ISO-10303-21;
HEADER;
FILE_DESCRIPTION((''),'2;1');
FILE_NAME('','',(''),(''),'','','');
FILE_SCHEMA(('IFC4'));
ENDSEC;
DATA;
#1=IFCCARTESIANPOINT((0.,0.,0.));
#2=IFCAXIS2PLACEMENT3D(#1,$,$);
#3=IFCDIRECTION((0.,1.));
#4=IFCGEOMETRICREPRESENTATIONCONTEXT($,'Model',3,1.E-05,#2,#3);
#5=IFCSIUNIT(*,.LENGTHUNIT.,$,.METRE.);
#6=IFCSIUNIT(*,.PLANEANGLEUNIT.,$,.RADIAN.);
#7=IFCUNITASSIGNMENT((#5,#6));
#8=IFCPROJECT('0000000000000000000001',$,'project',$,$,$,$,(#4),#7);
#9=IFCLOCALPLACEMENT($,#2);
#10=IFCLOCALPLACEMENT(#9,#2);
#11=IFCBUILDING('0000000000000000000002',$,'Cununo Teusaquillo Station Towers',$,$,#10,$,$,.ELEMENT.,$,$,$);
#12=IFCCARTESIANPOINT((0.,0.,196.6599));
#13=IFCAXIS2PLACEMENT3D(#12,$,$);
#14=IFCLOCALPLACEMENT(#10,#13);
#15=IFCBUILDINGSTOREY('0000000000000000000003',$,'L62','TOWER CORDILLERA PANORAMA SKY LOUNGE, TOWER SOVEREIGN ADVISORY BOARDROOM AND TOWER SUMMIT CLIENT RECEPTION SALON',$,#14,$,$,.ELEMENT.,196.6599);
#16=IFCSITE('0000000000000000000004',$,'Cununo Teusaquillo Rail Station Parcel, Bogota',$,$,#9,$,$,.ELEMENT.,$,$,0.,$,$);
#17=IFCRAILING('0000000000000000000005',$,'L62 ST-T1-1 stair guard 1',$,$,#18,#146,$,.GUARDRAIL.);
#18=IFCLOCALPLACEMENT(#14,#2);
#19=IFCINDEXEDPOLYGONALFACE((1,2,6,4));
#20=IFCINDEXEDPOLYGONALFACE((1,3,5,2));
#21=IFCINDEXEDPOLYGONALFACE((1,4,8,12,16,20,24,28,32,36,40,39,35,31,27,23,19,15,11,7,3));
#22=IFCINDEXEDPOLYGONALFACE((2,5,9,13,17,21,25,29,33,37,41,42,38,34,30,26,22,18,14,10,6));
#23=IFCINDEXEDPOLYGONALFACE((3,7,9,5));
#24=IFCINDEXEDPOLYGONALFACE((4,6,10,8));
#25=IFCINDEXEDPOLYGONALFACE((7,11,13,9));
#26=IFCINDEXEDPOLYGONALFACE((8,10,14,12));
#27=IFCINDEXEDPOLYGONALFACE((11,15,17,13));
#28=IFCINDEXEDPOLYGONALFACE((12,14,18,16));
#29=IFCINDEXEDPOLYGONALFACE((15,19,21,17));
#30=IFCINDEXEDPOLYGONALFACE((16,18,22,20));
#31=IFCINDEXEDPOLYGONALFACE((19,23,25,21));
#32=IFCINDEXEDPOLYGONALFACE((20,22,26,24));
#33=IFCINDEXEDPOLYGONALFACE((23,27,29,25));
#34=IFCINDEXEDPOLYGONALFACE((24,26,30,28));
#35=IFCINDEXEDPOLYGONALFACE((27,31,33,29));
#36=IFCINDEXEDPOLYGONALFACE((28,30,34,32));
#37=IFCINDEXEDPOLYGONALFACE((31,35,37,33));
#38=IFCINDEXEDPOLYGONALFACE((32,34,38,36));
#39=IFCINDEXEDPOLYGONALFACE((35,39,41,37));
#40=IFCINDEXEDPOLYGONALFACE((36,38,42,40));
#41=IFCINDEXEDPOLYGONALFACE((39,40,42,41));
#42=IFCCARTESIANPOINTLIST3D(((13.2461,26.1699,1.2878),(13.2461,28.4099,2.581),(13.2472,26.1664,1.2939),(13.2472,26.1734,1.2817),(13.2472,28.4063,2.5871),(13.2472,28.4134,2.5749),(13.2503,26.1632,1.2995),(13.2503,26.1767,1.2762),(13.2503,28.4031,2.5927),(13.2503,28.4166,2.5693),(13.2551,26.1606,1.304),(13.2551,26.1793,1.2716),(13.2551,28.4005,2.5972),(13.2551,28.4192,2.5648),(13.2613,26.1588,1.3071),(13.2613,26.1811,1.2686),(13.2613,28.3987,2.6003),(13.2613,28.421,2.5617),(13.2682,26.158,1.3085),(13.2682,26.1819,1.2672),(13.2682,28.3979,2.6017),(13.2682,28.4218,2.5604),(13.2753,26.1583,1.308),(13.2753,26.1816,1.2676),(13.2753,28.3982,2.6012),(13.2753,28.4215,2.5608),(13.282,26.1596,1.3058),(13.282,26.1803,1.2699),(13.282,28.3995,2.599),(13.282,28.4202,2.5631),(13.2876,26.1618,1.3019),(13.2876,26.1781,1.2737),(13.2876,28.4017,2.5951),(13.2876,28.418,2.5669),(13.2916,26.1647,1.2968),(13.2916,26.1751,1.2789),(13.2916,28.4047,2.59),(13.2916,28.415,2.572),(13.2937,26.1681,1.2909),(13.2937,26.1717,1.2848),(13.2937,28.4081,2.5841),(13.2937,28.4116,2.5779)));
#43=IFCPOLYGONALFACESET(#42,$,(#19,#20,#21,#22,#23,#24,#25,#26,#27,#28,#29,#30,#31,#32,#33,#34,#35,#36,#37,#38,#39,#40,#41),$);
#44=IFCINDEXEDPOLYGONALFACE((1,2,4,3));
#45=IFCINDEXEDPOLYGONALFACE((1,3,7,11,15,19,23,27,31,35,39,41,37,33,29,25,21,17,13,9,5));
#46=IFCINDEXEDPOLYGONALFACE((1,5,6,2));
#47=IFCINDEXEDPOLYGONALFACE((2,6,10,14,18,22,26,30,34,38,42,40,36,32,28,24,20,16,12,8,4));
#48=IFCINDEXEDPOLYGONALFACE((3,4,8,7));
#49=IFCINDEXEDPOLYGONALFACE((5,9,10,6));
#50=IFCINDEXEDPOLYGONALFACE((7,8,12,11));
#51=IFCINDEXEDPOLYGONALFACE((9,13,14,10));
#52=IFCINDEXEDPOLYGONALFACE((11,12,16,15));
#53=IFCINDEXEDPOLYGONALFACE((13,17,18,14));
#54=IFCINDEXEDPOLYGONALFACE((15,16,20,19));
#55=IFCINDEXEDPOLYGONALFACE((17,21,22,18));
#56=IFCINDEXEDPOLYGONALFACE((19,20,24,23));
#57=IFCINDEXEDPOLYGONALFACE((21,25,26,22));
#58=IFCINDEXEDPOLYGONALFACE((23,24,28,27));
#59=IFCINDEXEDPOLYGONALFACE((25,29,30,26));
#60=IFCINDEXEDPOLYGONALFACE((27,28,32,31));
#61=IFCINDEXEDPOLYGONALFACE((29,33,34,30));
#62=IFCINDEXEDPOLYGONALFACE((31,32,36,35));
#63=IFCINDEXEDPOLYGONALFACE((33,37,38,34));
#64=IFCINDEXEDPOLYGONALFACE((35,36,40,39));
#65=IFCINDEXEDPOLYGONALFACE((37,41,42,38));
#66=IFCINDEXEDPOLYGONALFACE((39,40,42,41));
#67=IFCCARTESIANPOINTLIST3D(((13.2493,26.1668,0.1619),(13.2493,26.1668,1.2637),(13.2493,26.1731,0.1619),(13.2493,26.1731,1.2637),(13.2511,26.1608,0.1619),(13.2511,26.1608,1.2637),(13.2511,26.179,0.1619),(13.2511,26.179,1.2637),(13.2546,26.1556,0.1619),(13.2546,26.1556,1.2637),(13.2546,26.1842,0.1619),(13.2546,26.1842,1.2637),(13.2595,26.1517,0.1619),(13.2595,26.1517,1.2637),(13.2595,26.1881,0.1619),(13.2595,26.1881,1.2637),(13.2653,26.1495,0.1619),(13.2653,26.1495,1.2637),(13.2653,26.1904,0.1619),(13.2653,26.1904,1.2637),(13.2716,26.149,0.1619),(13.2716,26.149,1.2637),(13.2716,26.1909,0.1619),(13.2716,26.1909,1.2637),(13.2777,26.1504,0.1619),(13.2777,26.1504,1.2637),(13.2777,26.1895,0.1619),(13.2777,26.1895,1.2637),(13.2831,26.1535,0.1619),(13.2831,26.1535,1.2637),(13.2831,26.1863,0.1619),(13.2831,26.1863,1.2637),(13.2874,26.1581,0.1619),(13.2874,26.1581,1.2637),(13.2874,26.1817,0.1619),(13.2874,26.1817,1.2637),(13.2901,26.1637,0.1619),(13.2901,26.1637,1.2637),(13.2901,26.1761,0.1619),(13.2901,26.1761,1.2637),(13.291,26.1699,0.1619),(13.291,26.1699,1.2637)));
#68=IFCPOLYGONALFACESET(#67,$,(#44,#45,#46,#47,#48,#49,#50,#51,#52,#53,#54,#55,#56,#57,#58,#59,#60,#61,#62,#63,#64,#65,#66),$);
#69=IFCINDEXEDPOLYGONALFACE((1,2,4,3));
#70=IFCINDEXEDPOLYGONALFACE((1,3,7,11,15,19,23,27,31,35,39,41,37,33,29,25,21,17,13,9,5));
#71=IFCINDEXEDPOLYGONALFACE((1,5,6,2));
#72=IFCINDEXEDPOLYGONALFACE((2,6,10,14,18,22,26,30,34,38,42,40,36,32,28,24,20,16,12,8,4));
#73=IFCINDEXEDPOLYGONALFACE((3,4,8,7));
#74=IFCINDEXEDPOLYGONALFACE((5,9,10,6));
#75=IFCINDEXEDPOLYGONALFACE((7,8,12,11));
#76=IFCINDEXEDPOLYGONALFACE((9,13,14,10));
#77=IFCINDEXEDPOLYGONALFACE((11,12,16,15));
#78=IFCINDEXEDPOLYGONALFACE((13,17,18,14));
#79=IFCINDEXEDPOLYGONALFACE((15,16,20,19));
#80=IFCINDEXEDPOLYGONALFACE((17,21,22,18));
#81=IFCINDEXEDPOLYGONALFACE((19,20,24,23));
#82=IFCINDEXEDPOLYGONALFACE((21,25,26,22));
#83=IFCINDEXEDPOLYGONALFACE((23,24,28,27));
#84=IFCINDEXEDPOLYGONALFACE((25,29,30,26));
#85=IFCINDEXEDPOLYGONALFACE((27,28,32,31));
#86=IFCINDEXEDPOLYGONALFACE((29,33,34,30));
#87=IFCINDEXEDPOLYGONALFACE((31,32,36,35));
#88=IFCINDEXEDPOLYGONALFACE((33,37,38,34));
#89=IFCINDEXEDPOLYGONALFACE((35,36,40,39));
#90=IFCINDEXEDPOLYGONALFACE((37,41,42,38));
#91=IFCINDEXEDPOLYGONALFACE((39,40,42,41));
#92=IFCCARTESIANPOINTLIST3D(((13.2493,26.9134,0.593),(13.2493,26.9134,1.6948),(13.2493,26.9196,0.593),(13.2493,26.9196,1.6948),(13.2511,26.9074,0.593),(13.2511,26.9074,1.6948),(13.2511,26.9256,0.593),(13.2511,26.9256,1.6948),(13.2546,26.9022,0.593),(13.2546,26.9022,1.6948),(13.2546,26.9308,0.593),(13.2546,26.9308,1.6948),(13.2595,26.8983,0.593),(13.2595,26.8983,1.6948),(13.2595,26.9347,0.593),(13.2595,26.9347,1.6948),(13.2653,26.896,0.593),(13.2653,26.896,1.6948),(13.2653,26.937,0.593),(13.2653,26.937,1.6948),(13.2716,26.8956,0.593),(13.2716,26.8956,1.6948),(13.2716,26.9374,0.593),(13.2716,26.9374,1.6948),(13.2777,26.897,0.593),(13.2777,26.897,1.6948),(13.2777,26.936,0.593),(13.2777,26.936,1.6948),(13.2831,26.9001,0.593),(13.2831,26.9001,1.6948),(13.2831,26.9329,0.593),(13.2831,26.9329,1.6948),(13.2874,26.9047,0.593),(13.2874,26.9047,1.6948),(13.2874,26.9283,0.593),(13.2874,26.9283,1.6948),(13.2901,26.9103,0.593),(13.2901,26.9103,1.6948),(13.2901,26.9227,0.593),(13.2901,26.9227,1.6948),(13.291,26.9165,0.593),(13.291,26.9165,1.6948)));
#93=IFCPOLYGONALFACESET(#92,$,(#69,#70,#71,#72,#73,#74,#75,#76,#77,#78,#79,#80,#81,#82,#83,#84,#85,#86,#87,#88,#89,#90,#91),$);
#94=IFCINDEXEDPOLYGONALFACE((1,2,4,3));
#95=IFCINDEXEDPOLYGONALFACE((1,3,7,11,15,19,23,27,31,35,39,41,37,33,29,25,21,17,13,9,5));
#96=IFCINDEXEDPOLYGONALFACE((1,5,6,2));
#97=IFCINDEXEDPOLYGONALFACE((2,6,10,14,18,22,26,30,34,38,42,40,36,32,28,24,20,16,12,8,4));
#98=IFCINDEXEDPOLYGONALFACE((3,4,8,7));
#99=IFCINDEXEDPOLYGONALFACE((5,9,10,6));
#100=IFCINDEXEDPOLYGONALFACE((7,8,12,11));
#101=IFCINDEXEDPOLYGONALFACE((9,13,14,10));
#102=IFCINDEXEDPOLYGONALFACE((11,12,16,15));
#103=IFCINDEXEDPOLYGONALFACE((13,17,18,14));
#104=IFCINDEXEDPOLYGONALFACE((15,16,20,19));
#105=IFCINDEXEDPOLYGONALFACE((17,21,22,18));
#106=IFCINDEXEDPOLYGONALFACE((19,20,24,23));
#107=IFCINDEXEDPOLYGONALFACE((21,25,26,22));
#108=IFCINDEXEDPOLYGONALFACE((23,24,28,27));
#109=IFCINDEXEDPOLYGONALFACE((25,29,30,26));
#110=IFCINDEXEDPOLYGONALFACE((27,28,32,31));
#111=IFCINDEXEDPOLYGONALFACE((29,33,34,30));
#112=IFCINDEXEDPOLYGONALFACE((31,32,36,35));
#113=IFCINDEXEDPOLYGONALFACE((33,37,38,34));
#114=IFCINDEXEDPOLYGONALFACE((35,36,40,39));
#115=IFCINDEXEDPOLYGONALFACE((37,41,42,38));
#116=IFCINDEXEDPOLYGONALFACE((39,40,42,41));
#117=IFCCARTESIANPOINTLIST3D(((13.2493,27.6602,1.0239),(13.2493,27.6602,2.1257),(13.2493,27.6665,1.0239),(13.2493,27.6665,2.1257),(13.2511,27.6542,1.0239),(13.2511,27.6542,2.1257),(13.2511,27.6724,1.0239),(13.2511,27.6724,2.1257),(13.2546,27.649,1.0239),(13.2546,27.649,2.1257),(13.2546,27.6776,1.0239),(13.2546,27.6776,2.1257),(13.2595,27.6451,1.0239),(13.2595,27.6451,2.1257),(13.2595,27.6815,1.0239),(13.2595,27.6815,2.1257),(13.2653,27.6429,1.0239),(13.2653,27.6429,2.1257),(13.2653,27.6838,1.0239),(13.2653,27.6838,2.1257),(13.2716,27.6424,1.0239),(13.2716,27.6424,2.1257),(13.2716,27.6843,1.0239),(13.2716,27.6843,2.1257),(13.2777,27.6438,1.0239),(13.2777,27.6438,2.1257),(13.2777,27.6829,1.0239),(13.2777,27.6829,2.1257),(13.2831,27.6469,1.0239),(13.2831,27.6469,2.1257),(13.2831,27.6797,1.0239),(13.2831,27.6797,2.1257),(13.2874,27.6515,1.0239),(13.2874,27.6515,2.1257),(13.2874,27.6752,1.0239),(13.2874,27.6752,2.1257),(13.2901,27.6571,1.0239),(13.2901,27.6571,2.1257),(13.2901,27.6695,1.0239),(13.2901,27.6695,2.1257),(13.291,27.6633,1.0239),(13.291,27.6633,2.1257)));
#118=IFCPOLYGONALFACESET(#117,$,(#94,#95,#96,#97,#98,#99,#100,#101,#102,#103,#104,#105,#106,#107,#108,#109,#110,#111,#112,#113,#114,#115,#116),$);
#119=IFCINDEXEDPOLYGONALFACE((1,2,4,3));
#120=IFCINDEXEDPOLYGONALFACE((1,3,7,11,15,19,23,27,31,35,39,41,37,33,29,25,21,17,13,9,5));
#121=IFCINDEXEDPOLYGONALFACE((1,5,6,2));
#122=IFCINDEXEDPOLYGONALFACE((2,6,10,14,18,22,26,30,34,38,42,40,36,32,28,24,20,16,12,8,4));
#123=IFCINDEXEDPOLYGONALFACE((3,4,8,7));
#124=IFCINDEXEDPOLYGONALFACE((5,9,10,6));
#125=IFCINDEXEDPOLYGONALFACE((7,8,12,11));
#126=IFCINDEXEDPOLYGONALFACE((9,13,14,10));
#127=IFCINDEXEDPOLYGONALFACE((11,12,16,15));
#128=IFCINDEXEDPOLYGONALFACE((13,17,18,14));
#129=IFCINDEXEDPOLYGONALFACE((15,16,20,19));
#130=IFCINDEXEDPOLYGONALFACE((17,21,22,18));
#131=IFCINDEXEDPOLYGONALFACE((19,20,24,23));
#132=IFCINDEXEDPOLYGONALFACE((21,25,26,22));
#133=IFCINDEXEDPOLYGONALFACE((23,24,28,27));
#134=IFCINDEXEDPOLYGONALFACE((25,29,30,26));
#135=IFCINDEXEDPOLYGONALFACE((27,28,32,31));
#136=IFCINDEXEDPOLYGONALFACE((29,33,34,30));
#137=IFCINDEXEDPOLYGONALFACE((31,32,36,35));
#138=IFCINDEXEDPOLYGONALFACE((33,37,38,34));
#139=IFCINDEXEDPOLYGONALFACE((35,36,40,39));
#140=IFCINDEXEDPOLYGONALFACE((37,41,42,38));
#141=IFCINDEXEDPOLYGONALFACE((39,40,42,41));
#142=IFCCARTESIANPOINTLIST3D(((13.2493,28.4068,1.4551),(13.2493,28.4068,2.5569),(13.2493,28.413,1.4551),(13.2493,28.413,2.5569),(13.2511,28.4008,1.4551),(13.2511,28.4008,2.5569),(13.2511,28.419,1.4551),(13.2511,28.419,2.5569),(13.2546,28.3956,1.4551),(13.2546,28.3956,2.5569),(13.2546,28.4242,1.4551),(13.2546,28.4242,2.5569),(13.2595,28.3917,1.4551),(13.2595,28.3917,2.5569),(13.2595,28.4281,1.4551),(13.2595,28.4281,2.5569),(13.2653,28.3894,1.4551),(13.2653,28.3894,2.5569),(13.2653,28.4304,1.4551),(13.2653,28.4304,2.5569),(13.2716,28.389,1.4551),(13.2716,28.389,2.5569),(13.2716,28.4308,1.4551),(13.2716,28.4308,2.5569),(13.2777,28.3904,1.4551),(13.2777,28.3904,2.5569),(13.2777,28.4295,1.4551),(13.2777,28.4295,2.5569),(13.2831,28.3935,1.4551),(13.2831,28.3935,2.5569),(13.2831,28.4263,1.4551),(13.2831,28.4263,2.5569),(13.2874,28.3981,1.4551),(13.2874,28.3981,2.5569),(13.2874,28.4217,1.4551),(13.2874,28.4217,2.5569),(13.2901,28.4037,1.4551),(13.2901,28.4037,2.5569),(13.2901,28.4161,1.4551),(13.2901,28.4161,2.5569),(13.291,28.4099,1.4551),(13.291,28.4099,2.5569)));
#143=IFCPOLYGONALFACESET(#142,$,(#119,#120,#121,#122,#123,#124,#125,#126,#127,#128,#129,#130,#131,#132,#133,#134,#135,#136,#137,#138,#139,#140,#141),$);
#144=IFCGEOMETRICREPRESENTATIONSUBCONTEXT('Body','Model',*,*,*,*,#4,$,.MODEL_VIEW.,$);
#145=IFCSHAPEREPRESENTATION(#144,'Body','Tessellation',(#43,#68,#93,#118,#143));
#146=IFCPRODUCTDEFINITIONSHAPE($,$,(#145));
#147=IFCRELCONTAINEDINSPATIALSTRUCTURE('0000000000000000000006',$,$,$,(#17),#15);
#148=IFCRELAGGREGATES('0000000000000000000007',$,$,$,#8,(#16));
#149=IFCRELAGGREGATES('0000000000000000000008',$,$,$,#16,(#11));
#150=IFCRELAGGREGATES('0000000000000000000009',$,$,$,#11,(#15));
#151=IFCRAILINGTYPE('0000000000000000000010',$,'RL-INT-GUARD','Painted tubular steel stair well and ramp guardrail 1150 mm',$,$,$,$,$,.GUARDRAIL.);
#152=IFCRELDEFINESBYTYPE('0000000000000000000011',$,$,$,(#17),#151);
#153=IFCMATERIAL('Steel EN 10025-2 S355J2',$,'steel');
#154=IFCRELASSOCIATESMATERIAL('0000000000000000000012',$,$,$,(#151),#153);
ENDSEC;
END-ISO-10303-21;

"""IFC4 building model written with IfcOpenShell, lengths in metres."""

from ifc_helpers import new_model, si_unit, direction, frame, origin, origin_2d, place, context, subcontext, project, spatial, circle, extrude, material, type_object, element, save


model = new_model("IFC4")

# Units and contexts
model_context = context("Model", 3, precision=1e-05, world=origin(), true_north=direction((0.0, 1.0)))
body_context = subcontext(model_context, "Body", "Model", "MODEL_VIEW")
ifc_project = project(units=[si_unit("LENGTHUNIT", "METRE"), si_unit("PLANEANGLEUNIT", "RADIAN")], contexts=[model_context])

# Site, building, storey
site_placement = place(None, origin())
site = spatial("IfcSite", under=ifc_project, at=site_placement, Name="Cununo Teusaquillo Rail Station Parcel, Bogota", CompositionType="ELEMENT", RefElevation=0.0)
building_placement = place(site_placement, origin())
building = spatial("IfcBuilding", under=site, at=building_placement, Name="Cununo Teusaquillo Station Towers", CompositionType="ELEMENT")
storey_placement = place(building_placement, frame((0.0, 0.0, 196.6599)))
storey = spatial("IfcBuildingStorey", under=building, at=storey_placement, Name="L62", Description="TOWER CORDILLERA PANORAMA SKY LOUNGE, TOWER SOVEREIGN ADVISORY BOARDROOM AND TOWER SUMMIT CLIENT RECEPTION SALON", CompositionType="ELEMENT", Elevation=196.6599)

# Railing
ifc_material_1 = material(Name="Steel EN 10025-2 S355J2", Category="steel")
railing_type_1 = type_object("IfcRailingType", Name="RL-INT-GUARD", Description="Painted tubular steel stair well and ramp guardrail 1150 mm", PredefinedType="GUARDRAIL", material=ifc_material_1)
railing_1_placement = place(storey_placement, frame((13.27, 26.1699, 0.1619)))
element("IfcRailing", 1, at=railing_1_placement, inside=storey, type_object=railing_type_1, Name="L62 ST-T1-1 stair guard 1", PredefinedType="GUARDRAIL", context=body_context, shape_type="SweptSolid", body=[
    extrude(circle(Radius=0.0239, at=origin_2d()), frame((0.0, 0.0, 1.126), z_axis=(0.0, 0.866033, 0.499987), x_axis=(-1.0, 0.0, 0.0)), (0.0, 0.0, 1.0), 2.5864),
    extrude(circle(Radius=0.021, at=origin_2d()), origin(), (0.0, 0.0, 1.0), 1.1018),
    extrude(circle(Radius=0.021, at=origin_2d()), frame((0.0, 0.7466, 0.4312)), (0.0, 0.0, 1.0), 1.1018),
    extrude(circle(Radius=0.021, at=origin_2d()), frame((0.0, 1.4934, 0.8621)), (0.0, 0.0, 1.0), 1.1018),
    extrude(circle(Radius=0.021, at=origin_2d()), frame((0.0, 2.24, 1.2932)), (0.0, 0.0, 1.0), 1.1018),
])

save(model, "model.ifc")
